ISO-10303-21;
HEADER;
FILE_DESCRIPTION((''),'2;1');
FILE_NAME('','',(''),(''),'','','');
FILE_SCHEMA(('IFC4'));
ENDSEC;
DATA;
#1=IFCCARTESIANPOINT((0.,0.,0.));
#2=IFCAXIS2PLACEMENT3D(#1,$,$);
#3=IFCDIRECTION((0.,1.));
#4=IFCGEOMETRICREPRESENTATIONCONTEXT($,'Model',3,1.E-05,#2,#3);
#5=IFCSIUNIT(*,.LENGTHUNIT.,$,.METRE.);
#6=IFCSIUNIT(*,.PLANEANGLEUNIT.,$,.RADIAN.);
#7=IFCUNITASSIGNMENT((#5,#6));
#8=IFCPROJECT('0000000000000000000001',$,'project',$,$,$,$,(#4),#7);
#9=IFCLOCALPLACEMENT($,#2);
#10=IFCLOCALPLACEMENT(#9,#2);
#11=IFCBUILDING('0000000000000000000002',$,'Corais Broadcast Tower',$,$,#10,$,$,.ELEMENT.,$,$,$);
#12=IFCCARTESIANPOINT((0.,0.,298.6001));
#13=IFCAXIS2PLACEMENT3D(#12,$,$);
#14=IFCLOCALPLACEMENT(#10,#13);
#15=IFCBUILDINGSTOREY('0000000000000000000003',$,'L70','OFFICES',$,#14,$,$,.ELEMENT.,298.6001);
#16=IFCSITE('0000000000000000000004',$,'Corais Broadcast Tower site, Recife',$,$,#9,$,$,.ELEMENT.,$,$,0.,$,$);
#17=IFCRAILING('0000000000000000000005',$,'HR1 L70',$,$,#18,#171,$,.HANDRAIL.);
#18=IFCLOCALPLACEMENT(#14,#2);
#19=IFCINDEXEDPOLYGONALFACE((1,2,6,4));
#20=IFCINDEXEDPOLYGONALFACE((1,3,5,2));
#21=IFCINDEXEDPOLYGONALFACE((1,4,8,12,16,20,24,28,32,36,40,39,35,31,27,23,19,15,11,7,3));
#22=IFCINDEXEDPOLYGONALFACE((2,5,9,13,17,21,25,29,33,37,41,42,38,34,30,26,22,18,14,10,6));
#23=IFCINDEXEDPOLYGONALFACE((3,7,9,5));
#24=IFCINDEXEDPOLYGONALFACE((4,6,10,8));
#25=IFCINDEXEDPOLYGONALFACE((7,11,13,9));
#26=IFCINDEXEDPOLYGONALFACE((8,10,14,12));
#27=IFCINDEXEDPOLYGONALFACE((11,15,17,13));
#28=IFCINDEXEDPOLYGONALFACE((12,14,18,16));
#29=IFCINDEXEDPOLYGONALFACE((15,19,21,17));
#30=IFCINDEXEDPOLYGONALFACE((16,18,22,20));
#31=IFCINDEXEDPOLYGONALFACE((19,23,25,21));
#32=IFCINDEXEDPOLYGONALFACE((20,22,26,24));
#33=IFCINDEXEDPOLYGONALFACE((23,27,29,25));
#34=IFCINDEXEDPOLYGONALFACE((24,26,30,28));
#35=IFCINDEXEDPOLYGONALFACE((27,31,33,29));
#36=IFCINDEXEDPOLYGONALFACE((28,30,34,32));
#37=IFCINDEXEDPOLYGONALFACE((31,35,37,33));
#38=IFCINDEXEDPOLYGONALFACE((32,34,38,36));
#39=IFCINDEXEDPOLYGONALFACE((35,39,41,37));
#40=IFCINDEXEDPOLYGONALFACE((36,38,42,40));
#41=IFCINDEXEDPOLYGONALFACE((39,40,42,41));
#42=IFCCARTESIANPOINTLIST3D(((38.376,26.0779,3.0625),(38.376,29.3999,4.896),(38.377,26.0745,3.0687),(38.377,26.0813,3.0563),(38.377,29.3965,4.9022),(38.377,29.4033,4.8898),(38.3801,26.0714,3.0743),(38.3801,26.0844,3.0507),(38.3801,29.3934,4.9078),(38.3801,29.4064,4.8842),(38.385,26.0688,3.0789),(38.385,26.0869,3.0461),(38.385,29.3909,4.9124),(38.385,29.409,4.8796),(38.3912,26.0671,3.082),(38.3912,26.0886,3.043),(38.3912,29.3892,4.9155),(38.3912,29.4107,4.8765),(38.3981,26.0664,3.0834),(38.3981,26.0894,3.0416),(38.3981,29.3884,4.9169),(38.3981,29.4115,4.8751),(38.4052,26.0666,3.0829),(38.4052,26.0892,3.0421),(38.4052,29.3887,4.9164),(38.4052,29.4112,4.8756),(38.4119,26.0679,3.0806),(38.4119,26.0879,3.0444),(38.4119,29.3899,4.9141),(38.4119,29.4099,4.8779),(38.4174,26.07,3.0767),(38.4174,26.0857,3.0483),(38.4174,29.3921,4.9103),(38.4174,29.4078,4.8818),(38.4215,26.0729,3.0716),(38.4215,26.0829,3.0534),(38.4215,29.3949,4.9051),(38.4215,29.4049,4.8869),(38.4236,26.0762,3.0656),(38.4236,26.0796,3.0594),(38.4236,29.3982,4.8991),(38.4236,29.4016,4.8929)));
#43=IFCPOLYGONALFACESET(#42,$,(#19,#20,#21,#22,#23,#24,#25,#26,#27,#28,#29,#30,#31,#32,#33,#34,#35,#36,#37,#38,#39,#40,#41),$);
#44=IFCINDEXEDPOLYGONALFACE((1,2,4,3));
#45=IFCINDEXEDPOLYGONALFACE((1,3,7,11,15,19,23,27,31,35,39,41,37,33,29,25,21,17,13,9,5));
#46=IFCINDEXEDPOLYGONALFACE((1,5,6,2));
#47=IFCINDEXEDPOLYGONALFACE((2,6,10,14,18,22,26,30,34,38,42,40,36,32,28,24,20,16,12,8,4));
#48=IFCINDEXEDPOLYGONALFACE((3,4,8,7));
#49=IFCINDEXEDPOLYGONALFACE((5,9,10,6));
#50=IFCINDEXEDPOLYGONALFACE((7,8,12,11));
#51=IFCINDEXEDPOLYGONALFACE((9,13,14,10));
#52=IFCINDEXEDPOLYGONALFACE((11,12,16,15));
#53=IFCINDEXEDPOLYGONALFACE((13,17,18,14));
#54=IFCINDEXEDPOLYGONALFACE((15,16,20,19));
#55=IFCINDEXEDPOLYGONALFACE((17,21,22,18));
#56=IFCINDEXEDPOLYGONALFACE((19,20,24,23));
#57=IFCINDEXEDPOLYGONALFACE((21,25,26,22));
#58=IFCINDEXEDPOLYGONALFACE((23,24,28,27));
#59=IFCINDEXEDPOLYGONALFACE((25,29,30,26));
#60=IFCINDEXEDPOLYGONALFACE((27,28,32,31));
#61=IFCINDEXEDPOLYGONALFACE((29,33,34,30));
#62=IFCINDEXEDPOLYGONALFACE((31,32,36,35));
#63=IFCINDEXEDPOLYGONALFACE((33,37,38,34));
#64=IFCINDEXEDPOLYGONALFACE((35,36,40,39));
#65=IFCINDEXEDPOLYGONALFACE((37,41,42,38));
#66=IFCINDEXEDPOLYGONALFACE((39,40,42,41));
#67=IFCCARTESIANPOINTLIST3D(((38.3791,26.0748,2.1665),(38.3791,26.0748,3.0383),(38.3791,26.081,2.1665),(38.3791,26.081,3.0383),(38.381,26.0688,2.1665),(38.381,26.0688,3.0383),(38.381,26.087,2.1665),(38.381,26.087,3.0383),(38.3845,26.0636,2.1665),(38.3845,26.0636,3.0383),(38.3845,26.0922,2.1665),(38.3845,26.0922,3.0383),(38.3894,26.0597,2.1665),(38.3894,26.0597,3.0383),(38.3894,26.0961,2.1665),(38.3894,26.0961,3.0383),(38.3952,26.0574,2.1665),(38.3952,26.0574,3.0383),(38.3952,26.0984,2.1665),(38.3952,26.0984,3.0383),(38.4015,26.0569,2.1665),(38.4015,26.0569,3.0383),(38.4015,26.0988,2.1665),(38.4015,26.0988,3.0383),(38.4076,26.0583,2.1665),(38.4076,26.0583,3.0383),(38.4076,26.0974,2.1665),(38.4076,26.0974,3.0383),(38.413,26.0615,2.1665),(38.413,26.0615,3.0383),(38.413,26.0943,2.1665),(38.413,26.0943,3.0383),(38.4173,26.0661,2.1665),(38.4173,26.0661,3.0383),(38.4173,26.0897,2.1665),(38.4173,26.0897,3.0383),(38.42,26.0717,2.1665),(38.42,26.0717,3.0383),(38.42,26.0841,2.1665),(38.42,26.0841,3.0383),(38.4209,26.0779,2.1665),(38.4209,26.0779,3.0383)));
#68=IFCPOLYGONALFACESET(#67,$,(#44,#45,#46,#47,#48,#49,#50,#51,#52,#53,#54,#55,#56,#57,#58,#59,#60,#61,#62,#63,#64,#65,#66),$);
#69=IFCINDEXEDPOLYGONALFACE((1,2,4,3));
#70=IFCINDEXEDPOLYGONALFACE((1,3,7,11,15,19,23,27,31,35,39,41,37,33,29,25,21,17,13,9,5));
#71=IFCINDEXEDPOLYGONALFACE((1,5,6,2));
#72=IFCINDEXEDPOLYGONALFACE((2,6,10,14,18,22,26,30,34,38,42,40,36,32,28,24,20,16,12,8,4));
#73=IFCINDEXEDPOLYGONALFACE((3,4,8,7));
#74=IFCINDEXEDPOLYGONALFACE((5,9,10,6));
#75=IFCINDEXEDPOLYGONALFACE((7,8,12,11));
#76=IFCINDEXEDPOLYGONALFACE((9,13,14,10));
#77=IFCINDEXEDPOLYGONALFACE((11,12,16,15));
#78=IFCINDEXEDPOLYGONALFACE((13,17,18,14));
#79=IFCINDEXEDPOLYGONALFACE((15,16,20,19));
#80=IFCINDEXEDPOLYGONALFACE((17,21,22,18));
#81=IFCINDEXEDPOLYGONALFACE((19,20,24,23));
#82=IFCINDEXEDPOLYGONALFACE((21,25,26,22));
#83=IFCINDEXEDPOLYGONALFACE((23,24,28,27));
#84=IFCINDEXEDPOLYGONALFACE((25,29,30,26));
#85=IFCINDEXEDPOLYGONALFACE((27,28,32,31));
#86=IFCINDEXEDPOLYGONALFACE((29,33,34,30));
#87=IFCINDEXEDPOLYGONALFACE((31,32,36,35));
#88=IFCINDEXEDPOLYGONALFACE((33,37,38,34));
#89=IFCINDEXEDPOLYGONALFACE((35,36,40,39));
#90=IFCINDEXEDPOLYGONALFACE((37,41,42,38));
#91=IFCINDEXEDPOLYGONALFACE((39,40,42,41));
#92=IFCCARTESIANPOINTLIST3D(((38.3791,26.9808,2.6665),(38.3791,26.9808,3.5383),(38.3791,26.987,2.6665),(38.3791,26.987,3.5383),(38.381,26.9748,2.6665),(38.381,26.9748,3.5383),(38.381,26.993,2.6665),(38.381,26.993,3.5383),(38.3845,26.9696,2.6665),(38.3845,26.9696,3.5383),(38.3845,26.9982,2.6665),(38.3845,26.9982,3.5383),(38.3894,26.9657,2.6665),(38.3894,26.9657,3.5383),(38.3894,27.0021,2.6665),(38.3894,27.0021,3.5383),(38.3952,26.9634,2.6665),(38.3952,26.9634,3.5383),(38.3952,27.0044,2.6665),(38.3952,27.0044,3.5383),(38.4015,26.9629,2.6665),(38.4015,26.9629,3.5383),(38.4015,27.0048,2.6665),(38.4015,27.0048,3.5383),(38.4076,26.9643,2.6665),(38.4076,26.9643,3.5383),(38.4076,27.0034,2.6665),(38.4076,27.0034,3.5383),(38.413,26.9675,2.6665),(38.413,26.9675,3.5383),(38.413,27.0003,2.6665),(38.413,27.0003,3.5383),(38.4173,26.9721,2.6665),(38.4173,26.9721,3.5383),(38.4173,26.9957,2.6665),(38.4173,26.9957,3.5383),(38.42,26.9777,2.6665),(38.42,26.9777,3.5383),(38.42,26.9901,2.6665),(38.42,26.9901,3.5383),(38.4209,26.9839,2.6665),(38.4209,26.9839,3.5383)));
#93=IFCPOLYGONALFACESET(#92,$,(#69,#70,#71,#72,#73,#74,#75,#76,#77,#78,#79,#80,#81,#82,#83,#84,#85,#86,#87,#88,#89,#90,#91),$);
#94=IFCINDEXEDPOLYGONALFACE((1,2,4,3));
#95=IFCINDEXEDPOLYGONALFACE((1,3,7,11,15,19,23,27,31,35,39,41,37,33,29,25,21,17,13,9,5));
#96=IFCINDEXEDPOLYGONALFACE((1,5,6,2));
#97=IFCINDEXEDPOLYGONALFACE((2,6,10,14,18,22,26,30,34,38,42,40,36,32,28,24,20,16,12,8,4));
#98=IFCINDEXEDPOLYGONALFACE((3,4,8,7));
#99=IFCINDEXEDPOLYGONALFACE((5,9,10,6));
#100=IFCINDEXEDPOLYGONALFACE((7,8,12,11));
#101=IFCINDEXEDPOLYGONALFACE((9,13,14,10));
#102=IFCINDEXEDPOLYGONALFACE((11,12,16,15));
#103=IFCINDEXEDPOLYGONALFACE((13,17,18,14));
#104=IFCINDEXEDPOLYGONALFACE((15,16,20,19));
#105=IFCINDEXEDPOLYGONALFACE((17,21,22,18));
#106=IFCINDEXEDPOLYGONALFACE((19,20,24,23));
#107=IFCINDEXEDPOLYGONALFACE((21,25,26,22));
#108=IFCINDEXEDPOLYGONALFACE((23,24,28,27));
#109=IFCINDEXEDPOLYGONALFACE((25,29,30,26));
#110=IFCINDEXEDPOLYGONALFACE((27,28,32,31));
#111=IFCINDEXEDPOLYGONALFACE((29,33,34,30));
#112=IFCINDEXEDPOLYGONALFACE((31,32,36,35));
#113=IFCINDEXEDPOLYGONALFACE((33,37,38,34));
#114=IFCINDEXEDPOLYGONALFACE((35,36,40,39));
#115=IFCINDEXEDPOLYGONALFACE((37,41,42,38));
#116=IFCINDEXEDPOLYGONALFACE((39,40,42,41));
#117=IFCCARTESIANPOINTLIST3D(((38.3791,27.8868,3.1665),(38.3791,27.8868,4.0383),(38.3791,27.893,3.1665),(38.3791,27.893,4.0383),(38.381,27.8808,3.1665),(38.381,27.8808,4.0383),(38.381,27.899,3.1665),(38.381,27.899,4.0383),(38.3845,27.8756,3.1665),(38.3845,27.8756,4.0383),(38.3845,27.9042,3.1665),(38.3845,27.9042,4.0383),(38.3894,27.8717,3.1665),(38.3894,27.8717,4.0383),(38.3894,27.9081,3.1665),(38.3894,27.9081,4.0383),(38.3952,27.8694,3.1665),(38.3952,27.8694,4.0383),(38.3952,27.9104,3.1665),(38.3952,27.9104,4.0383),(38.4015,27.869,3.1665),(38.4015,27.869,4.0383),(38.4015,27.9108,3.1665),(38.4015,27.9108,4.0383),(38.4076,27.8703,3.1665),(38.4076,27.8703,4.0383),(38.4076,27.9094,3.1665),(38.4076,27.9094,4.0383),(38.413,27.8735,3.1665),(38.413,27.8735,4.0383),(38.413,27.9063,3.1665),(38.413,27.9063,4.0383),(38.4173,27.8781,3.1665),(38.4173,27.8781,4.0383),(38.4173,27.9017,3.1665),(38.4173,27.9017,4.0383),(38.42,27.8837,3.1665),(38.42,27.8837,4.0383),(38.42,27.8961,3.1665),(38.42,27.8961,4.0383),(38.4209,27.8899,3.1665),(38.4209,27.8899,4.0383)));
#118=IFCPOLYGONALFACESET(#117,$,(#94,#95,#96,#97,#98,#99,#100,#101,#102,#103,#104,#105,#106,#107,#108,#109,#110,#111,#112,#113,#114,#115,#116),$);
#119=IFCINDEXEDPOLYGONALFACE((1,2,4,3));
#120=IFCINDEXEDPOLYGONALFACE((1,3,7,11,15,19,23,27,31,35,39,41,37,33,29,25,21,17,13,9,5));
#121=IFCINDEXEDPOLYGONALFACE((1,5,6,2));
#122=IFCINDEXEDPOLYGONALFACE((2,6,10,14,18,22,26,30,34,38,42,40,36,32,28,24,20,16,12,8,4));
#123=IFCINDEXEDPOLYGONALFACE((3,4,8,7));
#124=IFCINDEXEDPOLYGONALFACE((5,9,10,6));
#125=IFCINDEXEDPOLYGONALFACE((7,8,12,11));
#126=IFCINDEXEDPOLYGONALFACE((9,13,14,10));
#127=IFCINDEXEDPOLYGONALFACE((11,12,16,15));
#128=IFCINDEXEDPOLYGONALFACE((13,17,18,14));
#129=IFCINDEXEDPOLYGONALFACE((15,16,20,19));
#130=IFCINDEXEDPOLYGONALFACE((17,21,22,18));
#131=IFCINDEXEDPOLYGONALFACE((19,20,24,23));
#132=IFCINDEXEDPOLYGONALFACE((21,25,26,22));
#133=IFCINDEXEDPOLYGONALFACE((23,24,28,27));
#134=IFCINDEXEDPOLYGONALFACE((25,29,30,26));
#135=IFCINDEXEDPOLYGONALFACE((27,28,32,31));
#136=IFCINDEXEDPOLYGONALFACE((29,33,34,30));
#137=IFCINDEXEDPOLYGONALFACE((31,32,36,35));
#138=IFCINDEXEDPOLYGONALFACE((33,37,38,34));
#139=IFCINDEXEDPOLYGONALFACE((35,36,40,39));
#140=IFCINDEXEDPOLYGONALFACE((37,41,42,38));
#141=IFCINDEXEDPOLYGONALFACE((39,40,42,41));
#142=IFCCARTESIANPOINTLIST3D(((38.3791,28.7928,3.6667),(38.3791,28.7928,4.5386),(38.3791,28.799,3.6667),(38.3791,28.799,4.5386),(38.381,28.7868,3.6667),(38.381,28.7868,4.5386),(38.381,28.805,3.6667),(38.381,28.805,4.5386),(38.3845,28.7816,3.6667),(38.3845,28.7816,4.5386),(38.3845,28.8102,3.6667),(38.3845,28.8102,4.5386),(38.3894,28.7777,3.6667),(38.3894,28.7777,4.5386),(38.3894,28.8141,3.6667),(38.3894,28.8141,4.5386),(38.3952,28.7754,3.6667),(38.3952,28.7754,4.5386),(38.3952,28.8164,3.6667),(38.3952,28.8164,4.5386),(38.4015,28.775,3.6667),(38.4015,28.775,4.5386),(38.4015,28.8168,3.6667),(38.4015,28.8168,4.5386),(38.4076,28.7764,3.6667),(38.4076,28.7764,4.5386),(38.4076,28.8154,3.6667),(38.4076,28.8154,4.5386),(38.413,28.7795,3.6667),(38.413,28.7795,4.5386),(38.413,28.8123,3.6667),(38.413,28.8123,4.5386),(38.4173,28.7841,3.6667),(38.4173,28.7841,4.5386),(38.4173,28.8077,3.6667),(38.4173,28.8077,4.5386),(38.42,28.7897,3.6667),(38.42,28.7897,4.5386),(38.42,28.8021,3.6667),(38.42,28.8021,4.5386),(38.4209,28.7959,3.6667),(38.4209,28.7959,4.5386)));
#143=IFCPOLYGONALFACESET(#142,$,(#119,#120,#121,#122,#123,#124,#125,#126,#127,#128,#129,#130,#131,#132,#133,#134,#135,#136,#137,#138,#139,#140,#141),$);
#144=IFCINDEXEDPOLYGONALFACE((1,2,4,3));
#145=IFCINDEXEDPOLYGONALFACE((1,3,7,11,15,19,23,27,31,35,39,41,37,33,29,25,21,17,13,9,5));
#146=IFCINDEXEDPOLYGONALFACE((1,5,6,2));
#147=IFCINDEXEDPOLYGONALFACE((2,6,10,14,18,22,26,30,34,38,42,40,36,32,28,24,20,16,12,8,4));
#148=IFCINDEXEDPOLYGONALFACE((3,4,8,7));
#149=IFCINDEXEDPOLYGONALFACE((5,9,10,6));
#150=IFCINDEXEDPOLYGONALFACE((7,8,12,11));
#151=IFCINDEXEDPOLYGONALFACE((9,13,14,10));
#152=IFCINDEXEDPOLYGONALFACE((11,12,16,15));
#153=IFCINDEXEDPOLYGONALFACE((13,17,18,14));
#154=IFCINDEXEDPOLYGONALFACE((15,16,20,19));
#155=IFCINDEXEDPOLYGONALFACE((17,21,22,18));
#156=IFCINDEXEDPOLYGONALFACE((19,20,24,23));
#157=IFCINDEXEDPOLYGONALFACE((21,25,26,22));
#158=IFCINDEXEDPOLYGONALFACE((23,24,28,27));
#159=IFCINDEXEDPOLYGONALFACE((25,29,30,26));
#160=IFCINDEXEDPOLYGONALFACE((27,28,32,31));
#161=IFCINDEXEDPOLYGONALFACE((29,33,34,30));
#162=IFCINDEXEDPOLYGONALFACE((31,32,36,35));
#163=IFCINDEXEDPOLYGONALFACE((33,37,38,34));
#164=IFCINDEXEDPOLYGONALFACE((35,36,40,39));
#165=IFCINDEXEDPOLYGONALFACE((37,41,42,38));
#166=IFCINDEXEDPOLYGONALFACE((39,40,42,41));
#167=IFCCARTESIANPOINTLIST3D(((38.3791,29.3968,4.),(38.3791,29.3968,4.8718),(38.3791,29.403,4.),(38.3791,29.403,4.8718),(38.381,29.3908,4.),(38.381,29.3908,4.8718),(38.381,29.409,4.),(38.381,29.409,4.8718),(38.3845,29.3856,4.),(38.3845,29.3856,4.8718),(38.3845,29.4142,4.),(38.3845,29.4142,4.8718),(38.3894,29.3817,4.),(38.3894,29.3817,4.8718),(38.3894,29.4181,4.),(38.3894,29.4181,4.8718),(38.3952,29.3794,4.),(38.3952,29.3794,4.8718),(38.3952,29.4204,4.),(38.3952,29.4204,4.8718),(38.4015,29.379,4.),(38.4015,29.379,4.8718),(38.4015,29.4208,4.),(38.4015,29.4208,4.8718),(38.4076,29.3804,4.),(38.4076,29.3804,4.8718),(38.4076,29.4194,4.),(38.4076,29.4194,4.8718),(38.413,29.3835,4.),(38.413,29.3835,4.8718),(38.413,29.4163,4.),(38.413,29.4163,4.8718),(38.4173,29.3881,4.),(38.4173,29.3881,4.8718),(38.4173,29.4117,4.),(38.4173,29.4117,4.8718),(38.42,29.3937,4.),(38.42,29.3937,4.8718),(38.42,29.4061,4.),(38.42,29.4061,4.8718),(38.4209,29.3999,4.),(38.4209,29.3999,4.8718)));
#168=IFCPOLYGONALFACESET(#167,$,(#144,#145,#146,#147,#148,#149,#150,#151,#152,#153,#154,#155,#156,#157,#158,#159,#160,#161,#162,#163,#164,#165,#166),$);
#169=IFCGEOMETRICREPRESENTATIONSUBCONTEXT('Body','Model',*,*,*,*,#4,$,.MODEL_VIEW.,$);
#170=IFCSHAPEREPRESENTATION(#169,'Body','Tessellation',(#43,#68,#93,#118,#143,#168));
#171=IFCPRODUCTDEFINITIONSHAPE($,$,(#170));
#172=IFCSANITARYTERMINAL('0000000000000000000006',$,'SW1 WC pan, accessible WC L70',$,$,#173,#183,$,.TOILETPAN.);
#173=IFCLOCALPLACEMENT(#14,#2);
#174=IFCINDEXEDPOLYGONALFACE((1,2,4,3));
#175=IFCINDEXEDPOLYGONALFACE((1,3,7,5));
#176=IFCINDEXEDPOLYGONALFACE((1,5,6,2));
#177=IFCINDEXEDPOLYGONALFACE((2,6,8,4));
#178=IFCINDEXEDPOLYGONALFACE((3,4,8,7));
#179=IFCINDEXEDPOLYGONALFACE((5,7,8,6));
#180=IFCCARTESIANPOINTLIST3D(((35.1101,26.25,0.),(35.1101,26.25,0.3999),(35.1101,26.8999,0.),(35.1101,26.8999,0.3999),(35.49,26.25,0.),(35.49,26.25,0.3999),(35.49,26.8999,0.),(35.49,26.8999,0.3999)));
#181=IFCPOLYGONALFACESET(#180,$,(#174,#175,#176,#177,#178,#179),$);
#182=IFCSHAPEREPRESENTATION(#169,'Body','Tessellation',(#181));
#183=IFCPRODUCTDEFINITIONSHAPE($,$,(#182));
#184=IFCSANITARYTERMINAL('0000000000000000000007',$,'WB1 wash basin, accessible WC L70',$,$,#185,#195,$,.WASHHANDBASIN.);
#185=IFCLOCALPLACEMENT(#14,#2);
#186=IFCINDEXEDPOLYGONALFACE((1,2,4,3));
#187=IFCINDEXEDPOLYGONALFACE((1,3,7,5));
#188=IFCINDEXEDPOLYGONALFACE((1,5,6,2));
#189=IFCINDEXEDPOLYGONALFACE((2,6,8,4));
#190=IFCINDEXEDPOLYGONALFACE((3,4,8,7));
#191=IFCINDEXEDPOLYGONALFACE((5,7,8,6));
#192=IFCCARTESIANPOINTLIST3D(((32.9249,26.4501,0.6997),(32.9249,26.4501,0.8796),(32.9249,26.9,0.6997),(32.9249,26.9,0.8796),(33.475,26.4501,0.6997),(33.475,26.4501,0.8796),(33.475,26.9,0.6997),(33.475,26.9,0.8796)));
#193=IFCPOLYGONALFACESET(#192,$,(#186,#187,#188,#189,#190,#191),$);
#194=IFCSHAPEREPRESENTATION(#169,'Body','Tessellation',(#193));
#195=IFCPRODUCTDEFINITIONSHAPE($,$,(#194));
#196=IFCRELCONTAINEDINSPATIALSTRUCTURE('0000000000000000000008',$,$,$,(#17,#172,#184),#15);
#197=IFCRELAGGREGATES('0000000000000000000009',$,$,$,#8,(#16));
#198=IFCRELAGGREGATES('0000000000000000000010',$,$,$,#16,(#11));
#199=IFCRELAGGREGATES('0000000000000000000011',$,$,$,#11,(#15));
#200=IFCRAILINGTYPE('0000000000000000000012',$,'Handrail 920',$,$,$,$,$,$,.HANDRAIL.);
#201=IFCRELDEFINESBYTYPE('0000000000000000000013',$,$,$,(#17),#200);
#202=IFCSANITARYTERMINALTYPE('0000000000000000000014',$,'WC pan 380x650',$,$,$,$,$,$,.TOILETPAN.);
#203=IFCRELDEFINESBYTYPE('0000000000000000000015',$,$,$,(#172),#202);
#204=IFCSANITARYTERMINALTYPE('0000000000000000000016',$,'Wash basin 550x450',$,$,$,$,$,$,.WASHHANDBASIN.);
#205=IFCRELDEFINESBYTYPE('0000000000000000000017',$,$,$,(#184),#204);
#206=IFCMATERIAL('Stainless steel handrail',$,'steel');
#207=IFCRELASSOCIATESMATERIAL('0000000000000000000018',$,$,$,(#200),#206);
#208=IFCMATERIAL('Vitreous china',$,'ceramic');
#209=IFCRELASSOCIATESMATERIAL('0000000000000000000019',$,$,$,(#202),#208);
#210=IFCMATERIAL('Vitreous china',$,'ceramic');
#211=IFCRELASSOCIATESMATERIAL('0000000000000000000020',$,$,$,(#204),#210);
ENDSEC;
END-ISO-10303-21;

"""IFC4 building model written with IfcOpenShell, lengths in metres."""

from ifc_helpers import new_model, si_unit, direction, frame, origin, origin_2d, place, context, subcontext, project, spatial, rectangle, circle, extrude, material, type_object, element, save


model = new_model("IFC4")

# Units and contexts
model_context = context("Model", 3, precision=1e-05, world=origin(), true_north=direction((0.0, 1.0)))
body_context = subcontext(model_context, "Body", "Model", "MODEL_VIEW")
ifc_project = project(units=[si_unit("LENGTHUNIT", "METRE"), si_unit("PLANEANGLEUNIT", "RADIAN")], contexts=[model_context])

# Site, building, storey
site_placement = place(None, origin())
site = spatial("IfcSite", under=ifc_project, at=site_placement, Name="Corais Broadcast Tower site, Recife", CompositionType="ELEMENT", RefElevation=0.0)
building_placement = place(site_placement, origin())
building = spatial("IfcBuilding", under=site, at=building_placement, Name="Corais Broadcast Tower", CompositionType="ELEMENT")
storey_placement = place(building_placement, frame((0.0, 0.0, 298.6001)))
storey = spatial("IfcBuildingStorey", under=building, at=storey_placement, Name="L70", Description="OFFICES", CompositionType="ELEMENT", Elevation=298.6001)

# Railing
ifc_material_1 = material(Name="Stainless steel handrail", Category="steel")
railing_type = type_object("IfcRailingType", Name="Handrail 920", PredefinedType="HANDRAIL", material=ifc_material_1)
for number, where, name in (
    (1, (38.3999, 26.0779, 2.1665), "HR1 L70"),
):
    element("IfcRailing", number, at=place(storey_placement, frame(where)), inside=storey, type_object=railing_type, Name=name, PredefinedType="HANDRAIL", context=body_context, shape_type="SweptSolid", body=[
        extrude(circle(Radius=0.0239, at=origin_2d()), frame((0.0, 0.0, 0.896), z_axis=(0.0, 0.875504, 0.48321), x_axis=(-1.0, 0.0, 0.0)), (0.0, 0.0, 1.0), 3.7944),
        extrude(circle(Radius=0.021, at=origin_2d()), origin(), (0.0, 0.0, 1.0), 0.8718),
        extrude(circle(Radius=0.021, at=origin_2d()), frame((0.0, 0.906, 0.5)), (0.0, 0.0, 1.0), 0.8718),
        extrude(circle(Radius=0.021, at=origin_2d()), frame((0.0, 1.812, 1.0)), (0.0, 0.0, 1.0), 0.8718),
        extrude(circle(Radius=0.021, at=origin_2d()), frame((0.0, 2.718, 1.5002)), (0.0, 0.0, 1.0), 0.8718),
        extrude(circle(Radius=0.021, at=origin_2d()), frame((0.0, 3.322, 1.8335)), (0.0, 0.0, 1.0), 0.8718),
    ])

# Sanitary terminals
ifc_material_2 = material(Name="Vitreous china", Category="ceramic")
sanitary_terminal_type_1 = type_object("IfcSanitaryTerminalType", Name="WC pan 380x650", PredefinedType="TOILETPAN", material=ifc_material_2)
sanitary_terminal_1_placement = place(storey_placement, frame((35.3, 26.575, 0.0), z_axis=(0.0, 0.0, 1.0), x_axis=(1.0, 0.0, 0.0)))
element("IfcSanitaryTerminal", 2, at=sanitary_terminal_1_placement, inside=storey, type_object=sanitary_terminal_type_1, Name="SW1 WC pan, accessible WC L70", PredefinedType="TOILETPAN", context=body_context, shape_type="SweptSolid", body=[
    extrude(rectangle(XDim=0.3799, YDim=0.6499, at=origin_2d()), origin(), (0.0, 0.0, 1.0), 0.3999),
])
ifc_material_3 = material(Name="Vitreous china", Category="ceramic")
sanitary_terminal_type_2 = type_object("IfcSanitaryTerminalType", Name="Wash basin 550x450", PredefinedType="WASHHANDBASIN", material=ifc_material_3)
sanitary_terminal_2_placement = place(storey_placement, frame((33.2, 26.675, 0.6997), z_axis=(0.0, 0.0, 1.0), x_axis=(1.0, 0.0, 0.0)))
element("IfcSanitaryTerminal", 3, at=sanitary_terminal_2_placement, inside=storey, type_object=sanitary_terminal_type_2, Name="WB1 wash basin, accessible WC L70", PredefinedType="WASHHANDBASIN", context=body_context, shape_type="SweptSolid", body=[
    extrude(rectangle(XDim=0.55, YDim=0.45, at=origin_2d()), origin(), (0.0, 0.0, 1.0), 0.1799),
])

save(model, "model.ifc")
